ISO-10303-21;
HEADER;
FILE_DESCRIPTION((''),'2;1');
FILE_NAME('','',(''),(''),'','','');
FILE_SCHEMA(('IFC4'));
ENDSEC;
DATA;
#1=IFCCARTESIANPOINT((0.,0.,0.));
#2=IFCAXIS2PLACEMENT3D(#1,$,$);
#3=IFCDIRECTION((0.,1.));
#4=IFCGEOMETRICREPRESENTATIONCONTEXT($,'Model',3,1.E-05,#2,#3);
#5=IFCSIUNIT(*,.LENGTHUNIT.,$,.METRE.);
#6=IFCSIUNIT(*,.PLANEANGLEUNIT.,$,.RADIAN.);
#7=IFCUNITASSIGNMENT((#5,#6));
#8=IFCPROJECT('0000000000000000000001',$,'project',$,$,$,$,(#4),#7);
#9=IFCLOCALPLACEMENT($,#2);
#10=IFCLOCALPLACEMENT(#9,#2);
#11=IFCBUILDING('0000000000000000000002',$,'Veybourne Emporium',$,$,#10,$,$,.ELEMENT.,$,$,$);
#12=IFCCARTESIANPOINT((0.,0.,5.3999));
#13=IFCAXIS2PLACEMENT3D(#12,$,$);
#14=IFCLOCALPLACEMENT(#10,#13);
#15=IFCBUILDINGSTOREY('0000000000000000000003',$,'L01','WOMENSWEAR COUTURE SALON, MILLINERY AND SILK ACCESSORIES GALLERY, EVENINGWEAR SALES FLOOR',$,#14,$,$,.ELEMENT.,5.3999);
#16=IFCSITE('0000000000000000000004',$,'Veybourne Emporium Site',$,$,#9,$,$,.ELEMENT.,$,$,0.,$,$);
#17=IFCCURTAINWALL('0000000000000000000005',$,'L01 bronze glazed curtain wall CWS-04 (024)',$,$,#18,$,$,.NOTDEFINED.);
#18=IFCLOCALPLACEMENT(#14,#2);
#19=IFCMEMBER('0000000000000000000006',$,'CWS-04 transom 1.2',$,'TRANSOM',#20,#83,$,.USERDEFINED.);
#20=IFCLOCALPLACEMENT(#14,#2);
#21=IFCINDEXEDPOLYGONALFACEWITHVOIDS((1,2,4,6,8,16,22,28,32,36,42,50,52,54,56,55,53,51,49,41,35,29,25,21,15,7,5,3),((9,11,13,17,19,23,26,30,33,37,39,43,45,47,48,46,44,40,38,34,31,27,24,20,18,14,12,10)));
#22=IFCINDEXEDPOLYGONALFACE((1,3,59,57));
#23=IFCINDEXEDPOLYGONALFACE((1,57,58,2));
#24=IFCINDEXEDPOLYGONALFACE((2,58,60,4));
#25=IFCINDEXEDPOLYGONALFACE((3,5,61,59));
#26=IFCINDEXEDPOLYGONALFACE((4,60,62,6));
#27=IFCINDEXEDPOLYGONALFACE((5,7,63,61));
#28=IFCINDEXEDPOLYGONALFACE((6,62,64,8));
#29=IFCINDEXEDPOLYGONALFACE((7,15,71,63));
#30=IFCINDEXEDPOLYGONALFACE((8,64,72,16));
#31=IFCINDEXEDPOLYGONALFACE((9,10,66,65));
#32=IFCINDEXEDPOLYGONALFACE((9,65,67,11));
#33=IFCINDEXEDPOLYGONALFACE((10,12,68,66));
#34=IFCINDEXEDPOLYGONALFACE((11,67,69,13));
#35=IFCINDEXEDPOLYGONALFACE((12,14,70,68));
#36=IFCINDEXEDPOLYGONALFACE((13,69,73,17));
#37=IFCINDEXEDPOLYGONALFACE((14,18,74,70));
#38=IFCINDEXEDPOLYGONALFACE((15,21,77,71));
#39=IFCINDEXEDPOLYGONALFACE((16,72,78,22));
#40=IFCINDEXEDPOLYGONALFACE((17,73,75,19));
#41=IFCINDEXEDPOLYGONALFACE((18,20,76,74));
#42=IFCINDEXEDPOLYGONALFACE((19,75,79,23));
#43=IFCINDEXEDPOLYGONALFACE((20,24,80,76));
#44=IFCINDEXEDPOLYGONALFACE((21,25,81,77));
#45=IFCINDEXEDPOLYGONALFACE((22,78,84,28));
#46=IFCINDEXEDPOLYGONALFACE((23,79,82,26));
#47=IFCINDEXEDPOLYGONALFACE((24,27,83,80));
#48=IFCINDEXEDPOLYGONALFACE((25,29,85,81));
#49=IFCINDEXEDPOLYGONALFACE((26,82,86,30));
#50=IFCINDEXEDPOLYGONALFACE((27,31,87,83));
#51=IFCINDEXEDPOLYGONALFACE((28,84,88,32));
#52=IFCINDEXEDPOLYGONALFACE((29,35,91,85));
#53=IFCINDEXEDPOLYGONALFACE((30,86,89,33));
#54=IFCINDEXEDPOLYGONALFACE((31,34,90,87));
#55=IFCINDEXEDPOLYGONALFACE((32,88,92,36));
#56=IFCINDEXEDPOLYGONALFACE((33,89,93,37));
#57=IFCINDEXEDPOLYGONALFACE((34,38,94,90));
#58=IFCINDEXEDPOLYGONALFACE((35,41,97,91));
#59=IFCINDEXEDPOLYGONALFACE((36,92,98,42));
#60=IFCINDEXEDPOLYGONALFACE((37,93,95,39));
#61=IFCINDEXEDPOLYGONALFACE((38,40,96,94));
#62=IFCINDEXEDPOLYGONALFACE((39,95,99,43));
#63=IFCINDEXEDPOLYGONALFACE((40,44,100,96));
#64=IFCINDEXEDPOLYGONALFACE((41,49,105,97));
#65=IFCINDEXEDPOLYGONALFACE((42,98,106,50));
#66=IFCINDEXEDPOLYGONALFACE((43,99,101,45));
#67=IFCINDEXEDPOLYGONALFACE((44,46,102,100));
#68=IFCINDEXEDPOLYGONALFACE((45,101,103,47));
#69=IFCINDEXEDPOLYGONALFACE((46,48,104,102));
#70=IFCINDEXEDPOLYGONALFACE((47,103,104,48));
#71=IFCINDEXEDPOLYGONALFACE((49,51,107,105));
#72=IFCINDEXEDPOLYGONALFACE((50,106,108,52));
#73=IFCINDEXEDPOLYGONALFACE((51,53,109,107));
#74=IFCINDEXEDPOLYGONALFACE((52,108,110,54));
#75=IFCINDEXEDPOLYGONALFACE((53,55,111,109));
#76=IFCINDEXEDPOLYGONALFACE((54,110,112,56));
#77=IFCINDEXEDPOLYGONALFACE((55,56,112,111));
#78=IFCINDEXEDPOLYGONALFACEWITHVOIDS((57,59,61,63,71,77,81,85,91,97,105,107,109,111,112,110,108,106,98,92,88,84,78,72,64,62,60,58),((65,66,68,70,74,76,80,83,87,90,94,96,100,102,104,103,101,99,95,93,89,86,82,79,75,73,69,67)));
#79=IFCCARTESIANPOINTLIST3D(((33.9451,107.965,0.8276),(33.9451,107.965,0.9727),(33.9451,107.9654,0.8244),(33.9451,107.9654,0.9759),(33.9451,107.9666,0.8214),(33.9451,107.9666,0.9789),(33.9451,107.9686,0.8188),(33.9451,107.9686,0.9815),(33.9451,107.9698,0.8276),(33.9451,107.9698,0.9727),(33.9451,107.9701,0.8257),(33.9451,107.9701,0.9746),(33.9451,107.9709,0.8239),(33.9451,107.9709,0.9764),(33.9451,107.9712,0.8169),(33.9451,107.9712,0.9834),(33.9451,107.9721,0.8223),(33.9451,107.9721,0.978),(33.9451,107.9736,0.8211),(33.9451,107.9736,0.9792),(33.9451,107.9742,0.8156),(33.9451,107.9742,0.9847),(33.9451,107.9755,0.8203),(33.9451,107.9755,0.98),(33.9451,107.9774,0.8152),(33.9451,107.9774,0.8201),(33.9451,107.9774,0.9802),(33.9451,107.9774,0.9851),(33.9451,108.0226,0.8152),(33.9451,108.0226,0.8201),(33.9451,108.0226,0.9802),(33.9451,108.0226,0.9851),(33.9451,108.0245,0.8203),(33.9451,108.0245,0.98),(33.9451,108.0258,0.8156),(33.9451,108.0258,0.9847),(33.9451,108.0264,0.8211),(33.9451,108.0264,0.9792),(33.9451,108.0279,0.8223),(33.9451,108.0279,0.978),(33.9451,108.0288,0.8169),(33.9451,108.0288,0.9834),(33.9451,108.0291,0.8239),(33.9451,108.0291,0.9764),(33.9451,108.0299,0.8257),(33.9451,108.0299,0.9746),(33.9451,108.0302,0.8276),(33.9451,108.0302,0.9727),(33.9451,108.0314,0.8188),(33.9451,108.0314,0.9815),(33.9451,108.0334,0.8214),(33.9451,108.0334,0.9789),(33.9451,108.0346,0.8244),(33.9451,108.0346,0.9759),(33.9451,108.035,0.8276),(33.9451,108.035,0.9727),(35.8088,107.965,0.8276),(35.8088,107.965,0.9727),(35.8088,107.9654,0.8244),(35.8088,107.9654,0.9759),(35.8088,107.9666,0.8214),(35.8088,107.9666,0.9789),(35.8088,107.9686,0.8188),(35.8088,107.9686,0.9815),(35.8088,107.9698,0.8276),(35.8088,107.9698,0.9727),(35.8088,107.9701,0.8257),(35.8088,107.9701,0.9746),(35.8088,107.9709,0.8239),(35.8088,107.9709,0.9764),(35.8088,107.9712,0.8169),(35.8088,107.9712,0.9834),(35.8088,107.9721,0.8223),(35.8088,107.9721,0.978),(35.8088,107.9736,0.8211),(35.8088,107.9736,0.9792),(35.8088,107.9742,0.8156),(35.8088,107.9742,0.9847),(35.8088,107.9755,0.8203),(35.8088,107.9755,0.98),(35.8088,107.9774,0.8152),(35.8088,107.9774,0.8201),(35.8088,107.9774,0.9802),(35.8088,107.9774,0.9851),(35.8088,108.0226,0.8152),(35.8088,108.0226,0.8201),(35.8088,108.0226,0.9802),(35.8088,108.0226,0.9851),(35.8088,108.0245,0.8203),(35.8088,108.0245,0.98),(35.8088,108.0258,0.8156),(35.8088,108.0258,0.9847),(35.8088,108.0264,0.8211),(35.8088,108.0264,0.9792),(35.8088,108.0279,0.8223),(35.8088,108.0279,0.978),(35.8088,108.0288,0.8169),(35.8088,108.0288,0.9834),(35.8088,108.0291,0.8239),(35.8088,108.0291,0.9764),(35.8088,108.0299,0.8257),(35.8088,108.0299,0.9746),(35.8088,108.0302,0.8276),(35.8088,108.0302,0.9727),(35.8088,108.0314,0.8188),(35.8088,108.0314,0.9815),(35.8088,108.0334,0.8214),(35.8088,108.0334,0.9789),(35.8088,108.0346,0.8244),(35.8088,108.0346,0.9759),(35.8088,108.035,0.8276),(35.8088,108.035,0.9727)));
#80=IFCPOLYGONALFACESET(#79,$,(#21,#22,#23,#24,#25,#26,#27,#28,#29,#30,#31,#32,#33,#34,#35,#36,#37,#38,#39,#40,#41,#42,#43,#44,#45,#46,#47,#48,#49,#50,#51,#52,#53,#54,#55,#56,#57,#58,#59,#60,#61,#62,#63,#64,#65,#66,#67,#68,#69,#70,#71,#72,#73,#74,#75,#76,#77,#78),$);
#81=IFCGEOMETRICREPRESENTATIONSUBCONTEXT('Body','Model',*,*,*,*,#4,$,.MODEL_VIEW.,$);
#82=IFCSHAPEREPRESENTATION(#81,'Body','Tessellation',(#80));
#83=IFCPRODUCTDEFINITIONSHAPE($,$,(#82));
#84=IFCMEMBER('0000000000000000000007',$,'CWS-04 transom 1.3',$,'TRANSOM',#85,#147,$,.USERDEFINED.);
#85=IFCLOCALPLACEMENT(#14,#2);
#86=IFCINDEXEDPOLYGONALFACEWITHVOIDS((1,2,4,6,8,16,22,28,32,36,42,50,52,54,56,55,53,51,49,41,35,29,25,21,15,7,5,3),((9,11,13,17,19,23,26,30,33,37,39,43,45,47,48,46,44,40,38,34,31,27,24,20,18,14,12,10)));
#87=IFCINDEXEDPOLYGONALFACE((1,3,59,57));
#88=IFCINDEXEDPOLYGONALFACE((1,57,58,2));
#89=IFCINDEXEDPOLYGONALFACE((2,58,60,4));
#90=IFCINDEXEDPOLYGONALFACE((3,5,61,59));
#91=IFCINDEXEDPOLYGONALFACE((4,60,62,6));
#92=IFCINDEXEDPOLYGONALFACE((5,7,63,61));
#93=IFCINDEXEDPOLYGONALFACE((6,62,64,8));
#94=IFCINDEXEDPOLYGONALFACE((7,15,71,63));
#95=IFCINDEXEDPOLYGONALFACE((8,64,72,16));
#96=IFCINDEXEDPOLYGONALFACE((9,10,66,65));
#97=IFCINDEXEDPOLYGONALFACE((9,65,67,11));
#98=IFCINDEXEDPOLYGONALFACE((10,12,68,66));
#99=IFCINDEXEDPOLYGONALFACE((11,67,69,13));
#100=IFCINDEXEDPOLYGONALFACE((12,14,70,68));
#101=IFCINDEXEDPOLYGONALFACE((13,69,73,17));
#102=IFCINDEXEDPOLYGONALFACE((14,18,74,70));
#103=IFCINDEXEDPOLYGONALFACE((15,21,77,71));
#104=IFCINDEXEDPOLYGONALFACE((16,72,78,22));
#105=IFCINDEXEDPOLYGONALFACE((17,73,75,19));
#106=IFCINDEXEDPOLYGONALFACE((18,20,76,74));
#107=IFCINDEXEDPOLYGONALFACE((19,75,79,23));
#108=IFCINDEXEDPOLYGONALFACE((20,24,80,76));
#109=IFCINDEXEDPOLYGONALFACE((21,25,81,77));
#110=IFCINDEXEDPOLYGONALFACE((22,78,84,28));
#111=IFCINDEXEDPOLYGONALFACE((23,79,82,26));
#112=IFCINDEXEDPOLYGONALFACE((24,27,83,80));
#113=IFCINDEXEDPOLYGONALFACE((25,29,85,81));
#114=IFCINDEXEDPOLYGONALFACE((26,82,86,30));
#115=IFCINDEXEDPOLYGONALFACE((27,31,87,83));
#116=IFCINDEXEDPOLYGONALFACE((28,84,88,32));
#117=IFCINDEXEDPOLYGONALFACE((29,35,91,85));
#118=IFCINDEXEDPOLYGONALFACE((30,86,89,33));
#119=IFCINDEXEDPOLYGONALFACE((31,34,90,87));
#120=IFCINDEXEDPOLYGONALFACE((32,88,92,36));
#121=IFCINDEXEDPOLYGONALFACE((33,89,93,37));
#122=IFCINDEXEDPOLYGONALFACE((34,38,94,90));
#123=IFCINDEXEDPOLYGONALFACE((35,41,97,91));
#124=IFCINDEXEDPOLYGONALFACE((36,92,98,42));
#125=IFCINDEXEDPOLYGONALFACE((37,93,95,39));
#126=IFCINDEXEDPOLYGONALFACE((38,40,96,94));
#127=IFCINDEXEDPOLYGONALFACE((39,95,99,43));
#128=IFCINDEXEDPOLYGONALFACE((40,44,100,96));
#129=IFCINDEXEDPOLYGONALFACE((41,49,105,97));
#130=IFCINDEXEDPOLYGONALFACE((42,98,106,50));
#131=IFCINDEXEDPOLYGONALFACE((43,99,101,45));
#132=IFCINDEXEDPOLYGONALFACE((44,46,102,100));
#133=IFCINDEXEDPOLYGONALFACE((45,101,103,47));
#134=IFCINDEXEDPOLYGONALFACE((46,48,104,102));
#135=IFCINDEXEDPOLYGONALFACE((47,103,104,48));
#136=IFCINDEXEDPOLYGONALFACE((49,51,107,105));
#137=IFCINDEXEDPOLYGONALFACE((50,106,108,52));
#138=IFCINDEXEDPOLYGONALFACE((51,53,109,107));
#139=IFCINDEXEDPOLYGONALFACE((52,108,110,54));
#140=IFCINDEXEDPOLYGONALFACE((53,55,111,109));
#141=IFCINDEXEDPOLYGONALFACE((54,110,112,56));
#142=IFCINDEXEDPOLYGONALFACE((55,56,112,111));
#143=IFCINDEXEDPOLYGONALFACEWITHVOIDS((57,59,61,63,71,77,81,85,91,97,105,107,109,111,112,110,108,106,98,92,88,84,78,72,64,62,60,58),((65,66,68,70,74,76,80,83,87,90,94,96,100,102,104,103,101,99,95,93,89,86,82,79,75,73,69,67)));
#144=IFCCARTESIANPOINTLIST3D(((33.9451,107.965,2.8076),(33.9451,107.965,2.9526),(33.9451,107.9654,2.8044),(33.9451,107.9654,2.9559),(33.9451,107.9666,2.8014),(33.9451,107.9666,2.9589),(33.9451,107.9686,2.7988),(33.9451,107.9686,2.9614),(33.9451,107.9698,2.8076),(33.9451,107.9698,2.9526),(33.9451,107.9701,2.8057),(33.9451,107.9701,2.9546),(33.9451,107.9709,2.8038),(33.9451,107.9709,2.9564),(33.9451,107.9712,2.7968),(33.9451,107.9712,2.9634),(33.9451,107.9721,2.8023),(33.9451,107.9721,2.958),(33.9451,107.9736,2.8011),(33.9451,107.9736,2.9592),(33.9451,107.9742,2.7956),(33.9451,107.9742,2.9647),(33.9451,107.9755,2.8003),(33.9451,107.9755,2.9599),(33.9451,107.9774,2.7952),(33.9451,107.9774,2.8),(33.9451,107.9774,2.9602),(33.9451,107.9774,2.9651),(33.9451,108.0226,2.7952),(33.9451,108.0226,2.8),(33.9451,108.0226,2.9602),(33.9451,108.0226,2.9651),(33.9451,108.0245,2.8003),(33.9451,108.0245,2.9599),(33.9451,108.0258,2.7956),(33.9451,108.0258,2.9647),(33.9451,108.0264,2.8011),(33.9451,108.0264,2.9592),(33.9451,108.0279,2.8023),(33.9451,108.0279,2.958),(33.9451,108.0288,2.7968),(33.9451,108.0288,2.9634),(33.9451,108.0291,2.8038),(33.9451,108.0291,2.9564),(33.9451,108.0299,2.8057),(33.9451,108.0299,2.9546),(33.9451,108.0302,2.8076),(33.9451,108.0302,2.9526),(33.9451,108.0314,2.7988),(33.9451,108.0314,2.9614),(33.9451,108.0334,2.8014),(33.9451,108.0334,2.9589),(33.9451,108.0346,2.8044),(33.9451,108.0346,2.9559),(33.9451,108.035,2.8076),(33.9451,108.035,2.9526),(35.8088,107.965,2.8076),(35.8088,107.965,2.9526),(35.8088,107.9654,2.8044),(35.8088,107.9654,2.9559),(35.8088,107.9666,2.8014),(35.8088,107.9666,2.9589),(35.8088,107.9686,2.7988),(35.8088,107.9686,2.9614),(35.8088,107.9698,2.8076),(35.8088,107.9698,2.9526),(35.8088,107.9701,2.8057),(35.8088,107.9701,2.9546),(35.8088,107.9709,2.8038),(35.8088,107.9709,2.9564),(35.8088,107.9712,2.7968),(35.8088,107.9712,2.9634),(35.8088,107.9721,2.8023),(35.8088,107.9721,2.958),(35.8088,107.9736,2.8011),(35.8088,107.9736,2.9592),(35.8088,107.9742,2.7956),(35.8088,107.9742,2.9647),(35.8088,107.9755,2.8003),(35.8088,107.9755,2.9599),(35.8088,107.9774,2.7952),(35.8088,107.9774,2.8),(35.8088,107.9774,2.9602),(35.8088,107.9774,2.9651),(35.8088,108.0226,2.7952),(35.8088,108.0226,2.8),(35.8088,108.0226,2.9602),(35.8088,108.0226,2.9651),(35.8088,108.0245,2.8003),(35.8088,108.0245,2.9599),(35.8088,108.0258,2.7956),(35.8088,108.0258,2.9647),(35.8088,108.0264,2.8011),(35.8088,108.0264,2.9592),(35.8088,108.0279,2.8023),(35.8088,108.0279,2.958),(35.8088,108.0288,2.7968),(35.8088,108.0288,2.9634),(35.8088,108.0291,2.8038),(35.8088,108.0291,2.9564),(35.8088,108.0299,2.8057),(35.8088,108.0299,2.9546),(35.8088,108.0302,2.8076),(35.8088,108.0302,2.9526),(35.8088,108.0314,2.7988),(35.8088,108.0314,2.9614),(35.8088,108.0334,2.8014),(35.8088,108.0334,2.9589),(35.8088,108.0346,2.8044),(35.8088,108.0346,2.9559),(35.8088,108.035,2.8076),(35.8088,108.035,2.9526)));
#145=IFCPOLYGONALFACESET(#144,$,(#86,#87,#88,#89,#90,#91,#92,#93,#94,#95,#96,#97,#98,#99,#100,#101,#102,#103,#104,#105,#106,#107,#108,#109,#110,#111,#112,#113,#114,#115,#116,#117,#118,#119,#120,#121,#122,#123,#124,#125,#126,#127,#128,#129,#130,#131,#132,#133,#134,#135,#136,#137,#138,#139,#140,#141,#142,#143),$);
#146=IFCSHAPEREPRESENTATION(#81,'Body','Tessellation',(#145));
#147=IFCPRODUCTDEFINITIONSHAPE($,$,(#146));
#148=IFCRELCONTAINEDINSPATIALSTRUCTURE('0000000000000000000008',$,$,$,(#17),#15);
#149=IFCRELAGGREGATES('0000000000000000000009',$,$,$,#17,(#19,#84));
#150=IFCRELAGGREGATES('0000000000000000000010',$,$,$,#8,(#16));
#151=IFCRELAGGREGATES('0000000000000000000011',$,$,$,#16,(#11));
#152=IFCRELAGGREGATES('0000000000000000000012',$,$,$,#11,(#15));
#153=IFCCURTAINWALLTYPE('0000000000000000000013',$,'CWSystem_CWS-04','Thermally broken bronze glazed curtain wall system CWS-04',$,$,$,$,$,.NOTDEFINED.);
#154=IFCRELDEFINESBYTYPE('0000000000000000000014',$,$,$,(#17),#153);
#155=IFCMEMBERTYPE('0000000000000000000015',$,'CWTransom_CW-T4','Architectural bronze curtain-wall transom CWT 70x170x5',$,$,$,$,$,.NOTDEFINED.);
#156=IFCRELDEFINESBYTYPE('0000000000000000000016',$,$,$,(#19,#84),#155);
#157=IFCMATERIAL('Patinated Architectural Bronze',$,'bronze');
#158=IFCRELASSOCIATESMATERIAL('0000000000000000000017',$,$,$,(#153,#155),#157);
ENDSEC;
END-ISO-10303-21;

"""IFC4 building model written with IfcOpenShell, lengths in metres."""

from ifc_helpers import new_model, si_unit, direction, frame, origin, origin_2d, place, context, subcontext, project, spatial, hollow_rectangle, extrude, material, material_profile, profile_set, type_object, element, aggregate, save


model = new_model("IFC4")

# Units and contexts
model_context = context("Model", 3, precision=1e-05, world=origin(), true_north=direction((0.0, 1.0)))
body_context = subcontext(model_context, "Body", "Model", "MODEL_VIEW")
ifc_project = project(units=[si_unit("LENGTHUNIT", "METRE"), si_unit("PLANEANGLEUNIT", "RADIAN")], contexts=[model_context])

# Site, building, storey
site_placement = place(None, origin())
site = spatial("IfcSite", under=ifc_project, at=site_placement, Name="Veybourne Emporium Site", CompositionType="ELEMENT", RefElevation=0.0)
building_placement = place(site_placement, origin())
building = spatial("IfcBuilding", under=site, at=building_placement, Name="Veybourne Emporium", CompositionType="ELEMENT")
storey_placement = place(building_placement, frame((0.0, 0.0, 5.3999)))
storey = spatial("IfcBuildingStorey", under=building, at=storey_placement, Name="L01", Description="WOMENSWEAR COUTURE SALON, MILLINERY AND SILK ACCESSORIES GALLERY, EVENINGWEAR SALES FLOOR", CompositionType="ELEMENT", Elevation=5.3999)

# Curtain wall, members
ifc_material_1 = material(Name="Patinated Architectural Bronze", Category="bronze")
curtain_wall_type = type_object("IfcCurtainWallType", Name="CWSystem_CWS-04", Description="Thermally broken bronze glazed curtain wall system CWS-04", PredefinedType="NOTDEFINED", material=ifc_material_1)
curtain_wall_placement = place(storey_placement, origin())
curtain_wall = element("IfcCurtainWall", 1, at=curtain_wall_placement, inside=storey, type_object=curtain_wall_type, Name="L01 bronze glazed curtain wall CWS-04 (024)", PredefinedType="NOTDEFINED")
ifc_material_profile_1 = material_profile(ifc_material_1, hollow_rectangle(XDim=0.0701, YDim=0.1699, WallThickness=0.0049, InnerFilletRadius=0.0076, OuterFilletRadius=0.0125, at=origin_2d()), Name="CWT 70x170x5")
ifc_profile_set_1 = profile_set([ifc_material_profile_1], Name="Patinated Architectural Bronze")
member_type_1 = type_object("IfcMemberType", Name="CWTransom_CW-T4", Description="Architectural bronze curtain-wall transom CWT 70x170x5", PredefinedType="NOTDEFINED", material=ifc_profile_set_1)
member_1_placement = place(storey_placement, frame((33.9451, 108.0, 0.9001), z_axis=(1.0, 0.0, 0.0), x_axis=(0.0, 1.0, 0.0)))
member_1 = element("IfcMember", 2, at=member_1_placement, type_object=member_type_1, Name="CWS-04 transom 1.2", ObjectType="TRANSOM", PredefinedType="USERDEFINED", context=body_context, shape_type="SweptSolid", body=[
    extrude(hollow_rectangle(XDim=0.0701, YDim=0.1699, WallThickness=0.0049, InnerFilletRadius=0.0076, OuterFilletRadius=0.0125, at=origin_2d()), origin(), (0.0, 0.0, 1.0), 1.8638),
])
member_2_placement = place(storey_placement, frame((33.9451, 108.0, 2.8801), z_axis=(1.0, 0.0, 0.0), x_axis=(0.0, 1.0, 0.0)))
member_2 = element("IfcMember", 3, at=member_2_placement, type_object=member_type_1, Name="CWS-04 transom 1.3", ObjectType="TRANSOM", PredefinedType="USERDEFINED", context=body_context, shape_type="SweptSolid", body=[
    extrude(hollow_rectangle(XDim=0.0701, YDim=0.1699, WallThickness=0.0049, InnerFilletRadius=0.0076, OuterFilletRadius=0.0125, at=origin_2d()), origin(), (0.0, 0.0, 1.0), 1.8638),
])
aggregate(curtain_wall, [member_1, member_2])

save(model, "model.ifc")
